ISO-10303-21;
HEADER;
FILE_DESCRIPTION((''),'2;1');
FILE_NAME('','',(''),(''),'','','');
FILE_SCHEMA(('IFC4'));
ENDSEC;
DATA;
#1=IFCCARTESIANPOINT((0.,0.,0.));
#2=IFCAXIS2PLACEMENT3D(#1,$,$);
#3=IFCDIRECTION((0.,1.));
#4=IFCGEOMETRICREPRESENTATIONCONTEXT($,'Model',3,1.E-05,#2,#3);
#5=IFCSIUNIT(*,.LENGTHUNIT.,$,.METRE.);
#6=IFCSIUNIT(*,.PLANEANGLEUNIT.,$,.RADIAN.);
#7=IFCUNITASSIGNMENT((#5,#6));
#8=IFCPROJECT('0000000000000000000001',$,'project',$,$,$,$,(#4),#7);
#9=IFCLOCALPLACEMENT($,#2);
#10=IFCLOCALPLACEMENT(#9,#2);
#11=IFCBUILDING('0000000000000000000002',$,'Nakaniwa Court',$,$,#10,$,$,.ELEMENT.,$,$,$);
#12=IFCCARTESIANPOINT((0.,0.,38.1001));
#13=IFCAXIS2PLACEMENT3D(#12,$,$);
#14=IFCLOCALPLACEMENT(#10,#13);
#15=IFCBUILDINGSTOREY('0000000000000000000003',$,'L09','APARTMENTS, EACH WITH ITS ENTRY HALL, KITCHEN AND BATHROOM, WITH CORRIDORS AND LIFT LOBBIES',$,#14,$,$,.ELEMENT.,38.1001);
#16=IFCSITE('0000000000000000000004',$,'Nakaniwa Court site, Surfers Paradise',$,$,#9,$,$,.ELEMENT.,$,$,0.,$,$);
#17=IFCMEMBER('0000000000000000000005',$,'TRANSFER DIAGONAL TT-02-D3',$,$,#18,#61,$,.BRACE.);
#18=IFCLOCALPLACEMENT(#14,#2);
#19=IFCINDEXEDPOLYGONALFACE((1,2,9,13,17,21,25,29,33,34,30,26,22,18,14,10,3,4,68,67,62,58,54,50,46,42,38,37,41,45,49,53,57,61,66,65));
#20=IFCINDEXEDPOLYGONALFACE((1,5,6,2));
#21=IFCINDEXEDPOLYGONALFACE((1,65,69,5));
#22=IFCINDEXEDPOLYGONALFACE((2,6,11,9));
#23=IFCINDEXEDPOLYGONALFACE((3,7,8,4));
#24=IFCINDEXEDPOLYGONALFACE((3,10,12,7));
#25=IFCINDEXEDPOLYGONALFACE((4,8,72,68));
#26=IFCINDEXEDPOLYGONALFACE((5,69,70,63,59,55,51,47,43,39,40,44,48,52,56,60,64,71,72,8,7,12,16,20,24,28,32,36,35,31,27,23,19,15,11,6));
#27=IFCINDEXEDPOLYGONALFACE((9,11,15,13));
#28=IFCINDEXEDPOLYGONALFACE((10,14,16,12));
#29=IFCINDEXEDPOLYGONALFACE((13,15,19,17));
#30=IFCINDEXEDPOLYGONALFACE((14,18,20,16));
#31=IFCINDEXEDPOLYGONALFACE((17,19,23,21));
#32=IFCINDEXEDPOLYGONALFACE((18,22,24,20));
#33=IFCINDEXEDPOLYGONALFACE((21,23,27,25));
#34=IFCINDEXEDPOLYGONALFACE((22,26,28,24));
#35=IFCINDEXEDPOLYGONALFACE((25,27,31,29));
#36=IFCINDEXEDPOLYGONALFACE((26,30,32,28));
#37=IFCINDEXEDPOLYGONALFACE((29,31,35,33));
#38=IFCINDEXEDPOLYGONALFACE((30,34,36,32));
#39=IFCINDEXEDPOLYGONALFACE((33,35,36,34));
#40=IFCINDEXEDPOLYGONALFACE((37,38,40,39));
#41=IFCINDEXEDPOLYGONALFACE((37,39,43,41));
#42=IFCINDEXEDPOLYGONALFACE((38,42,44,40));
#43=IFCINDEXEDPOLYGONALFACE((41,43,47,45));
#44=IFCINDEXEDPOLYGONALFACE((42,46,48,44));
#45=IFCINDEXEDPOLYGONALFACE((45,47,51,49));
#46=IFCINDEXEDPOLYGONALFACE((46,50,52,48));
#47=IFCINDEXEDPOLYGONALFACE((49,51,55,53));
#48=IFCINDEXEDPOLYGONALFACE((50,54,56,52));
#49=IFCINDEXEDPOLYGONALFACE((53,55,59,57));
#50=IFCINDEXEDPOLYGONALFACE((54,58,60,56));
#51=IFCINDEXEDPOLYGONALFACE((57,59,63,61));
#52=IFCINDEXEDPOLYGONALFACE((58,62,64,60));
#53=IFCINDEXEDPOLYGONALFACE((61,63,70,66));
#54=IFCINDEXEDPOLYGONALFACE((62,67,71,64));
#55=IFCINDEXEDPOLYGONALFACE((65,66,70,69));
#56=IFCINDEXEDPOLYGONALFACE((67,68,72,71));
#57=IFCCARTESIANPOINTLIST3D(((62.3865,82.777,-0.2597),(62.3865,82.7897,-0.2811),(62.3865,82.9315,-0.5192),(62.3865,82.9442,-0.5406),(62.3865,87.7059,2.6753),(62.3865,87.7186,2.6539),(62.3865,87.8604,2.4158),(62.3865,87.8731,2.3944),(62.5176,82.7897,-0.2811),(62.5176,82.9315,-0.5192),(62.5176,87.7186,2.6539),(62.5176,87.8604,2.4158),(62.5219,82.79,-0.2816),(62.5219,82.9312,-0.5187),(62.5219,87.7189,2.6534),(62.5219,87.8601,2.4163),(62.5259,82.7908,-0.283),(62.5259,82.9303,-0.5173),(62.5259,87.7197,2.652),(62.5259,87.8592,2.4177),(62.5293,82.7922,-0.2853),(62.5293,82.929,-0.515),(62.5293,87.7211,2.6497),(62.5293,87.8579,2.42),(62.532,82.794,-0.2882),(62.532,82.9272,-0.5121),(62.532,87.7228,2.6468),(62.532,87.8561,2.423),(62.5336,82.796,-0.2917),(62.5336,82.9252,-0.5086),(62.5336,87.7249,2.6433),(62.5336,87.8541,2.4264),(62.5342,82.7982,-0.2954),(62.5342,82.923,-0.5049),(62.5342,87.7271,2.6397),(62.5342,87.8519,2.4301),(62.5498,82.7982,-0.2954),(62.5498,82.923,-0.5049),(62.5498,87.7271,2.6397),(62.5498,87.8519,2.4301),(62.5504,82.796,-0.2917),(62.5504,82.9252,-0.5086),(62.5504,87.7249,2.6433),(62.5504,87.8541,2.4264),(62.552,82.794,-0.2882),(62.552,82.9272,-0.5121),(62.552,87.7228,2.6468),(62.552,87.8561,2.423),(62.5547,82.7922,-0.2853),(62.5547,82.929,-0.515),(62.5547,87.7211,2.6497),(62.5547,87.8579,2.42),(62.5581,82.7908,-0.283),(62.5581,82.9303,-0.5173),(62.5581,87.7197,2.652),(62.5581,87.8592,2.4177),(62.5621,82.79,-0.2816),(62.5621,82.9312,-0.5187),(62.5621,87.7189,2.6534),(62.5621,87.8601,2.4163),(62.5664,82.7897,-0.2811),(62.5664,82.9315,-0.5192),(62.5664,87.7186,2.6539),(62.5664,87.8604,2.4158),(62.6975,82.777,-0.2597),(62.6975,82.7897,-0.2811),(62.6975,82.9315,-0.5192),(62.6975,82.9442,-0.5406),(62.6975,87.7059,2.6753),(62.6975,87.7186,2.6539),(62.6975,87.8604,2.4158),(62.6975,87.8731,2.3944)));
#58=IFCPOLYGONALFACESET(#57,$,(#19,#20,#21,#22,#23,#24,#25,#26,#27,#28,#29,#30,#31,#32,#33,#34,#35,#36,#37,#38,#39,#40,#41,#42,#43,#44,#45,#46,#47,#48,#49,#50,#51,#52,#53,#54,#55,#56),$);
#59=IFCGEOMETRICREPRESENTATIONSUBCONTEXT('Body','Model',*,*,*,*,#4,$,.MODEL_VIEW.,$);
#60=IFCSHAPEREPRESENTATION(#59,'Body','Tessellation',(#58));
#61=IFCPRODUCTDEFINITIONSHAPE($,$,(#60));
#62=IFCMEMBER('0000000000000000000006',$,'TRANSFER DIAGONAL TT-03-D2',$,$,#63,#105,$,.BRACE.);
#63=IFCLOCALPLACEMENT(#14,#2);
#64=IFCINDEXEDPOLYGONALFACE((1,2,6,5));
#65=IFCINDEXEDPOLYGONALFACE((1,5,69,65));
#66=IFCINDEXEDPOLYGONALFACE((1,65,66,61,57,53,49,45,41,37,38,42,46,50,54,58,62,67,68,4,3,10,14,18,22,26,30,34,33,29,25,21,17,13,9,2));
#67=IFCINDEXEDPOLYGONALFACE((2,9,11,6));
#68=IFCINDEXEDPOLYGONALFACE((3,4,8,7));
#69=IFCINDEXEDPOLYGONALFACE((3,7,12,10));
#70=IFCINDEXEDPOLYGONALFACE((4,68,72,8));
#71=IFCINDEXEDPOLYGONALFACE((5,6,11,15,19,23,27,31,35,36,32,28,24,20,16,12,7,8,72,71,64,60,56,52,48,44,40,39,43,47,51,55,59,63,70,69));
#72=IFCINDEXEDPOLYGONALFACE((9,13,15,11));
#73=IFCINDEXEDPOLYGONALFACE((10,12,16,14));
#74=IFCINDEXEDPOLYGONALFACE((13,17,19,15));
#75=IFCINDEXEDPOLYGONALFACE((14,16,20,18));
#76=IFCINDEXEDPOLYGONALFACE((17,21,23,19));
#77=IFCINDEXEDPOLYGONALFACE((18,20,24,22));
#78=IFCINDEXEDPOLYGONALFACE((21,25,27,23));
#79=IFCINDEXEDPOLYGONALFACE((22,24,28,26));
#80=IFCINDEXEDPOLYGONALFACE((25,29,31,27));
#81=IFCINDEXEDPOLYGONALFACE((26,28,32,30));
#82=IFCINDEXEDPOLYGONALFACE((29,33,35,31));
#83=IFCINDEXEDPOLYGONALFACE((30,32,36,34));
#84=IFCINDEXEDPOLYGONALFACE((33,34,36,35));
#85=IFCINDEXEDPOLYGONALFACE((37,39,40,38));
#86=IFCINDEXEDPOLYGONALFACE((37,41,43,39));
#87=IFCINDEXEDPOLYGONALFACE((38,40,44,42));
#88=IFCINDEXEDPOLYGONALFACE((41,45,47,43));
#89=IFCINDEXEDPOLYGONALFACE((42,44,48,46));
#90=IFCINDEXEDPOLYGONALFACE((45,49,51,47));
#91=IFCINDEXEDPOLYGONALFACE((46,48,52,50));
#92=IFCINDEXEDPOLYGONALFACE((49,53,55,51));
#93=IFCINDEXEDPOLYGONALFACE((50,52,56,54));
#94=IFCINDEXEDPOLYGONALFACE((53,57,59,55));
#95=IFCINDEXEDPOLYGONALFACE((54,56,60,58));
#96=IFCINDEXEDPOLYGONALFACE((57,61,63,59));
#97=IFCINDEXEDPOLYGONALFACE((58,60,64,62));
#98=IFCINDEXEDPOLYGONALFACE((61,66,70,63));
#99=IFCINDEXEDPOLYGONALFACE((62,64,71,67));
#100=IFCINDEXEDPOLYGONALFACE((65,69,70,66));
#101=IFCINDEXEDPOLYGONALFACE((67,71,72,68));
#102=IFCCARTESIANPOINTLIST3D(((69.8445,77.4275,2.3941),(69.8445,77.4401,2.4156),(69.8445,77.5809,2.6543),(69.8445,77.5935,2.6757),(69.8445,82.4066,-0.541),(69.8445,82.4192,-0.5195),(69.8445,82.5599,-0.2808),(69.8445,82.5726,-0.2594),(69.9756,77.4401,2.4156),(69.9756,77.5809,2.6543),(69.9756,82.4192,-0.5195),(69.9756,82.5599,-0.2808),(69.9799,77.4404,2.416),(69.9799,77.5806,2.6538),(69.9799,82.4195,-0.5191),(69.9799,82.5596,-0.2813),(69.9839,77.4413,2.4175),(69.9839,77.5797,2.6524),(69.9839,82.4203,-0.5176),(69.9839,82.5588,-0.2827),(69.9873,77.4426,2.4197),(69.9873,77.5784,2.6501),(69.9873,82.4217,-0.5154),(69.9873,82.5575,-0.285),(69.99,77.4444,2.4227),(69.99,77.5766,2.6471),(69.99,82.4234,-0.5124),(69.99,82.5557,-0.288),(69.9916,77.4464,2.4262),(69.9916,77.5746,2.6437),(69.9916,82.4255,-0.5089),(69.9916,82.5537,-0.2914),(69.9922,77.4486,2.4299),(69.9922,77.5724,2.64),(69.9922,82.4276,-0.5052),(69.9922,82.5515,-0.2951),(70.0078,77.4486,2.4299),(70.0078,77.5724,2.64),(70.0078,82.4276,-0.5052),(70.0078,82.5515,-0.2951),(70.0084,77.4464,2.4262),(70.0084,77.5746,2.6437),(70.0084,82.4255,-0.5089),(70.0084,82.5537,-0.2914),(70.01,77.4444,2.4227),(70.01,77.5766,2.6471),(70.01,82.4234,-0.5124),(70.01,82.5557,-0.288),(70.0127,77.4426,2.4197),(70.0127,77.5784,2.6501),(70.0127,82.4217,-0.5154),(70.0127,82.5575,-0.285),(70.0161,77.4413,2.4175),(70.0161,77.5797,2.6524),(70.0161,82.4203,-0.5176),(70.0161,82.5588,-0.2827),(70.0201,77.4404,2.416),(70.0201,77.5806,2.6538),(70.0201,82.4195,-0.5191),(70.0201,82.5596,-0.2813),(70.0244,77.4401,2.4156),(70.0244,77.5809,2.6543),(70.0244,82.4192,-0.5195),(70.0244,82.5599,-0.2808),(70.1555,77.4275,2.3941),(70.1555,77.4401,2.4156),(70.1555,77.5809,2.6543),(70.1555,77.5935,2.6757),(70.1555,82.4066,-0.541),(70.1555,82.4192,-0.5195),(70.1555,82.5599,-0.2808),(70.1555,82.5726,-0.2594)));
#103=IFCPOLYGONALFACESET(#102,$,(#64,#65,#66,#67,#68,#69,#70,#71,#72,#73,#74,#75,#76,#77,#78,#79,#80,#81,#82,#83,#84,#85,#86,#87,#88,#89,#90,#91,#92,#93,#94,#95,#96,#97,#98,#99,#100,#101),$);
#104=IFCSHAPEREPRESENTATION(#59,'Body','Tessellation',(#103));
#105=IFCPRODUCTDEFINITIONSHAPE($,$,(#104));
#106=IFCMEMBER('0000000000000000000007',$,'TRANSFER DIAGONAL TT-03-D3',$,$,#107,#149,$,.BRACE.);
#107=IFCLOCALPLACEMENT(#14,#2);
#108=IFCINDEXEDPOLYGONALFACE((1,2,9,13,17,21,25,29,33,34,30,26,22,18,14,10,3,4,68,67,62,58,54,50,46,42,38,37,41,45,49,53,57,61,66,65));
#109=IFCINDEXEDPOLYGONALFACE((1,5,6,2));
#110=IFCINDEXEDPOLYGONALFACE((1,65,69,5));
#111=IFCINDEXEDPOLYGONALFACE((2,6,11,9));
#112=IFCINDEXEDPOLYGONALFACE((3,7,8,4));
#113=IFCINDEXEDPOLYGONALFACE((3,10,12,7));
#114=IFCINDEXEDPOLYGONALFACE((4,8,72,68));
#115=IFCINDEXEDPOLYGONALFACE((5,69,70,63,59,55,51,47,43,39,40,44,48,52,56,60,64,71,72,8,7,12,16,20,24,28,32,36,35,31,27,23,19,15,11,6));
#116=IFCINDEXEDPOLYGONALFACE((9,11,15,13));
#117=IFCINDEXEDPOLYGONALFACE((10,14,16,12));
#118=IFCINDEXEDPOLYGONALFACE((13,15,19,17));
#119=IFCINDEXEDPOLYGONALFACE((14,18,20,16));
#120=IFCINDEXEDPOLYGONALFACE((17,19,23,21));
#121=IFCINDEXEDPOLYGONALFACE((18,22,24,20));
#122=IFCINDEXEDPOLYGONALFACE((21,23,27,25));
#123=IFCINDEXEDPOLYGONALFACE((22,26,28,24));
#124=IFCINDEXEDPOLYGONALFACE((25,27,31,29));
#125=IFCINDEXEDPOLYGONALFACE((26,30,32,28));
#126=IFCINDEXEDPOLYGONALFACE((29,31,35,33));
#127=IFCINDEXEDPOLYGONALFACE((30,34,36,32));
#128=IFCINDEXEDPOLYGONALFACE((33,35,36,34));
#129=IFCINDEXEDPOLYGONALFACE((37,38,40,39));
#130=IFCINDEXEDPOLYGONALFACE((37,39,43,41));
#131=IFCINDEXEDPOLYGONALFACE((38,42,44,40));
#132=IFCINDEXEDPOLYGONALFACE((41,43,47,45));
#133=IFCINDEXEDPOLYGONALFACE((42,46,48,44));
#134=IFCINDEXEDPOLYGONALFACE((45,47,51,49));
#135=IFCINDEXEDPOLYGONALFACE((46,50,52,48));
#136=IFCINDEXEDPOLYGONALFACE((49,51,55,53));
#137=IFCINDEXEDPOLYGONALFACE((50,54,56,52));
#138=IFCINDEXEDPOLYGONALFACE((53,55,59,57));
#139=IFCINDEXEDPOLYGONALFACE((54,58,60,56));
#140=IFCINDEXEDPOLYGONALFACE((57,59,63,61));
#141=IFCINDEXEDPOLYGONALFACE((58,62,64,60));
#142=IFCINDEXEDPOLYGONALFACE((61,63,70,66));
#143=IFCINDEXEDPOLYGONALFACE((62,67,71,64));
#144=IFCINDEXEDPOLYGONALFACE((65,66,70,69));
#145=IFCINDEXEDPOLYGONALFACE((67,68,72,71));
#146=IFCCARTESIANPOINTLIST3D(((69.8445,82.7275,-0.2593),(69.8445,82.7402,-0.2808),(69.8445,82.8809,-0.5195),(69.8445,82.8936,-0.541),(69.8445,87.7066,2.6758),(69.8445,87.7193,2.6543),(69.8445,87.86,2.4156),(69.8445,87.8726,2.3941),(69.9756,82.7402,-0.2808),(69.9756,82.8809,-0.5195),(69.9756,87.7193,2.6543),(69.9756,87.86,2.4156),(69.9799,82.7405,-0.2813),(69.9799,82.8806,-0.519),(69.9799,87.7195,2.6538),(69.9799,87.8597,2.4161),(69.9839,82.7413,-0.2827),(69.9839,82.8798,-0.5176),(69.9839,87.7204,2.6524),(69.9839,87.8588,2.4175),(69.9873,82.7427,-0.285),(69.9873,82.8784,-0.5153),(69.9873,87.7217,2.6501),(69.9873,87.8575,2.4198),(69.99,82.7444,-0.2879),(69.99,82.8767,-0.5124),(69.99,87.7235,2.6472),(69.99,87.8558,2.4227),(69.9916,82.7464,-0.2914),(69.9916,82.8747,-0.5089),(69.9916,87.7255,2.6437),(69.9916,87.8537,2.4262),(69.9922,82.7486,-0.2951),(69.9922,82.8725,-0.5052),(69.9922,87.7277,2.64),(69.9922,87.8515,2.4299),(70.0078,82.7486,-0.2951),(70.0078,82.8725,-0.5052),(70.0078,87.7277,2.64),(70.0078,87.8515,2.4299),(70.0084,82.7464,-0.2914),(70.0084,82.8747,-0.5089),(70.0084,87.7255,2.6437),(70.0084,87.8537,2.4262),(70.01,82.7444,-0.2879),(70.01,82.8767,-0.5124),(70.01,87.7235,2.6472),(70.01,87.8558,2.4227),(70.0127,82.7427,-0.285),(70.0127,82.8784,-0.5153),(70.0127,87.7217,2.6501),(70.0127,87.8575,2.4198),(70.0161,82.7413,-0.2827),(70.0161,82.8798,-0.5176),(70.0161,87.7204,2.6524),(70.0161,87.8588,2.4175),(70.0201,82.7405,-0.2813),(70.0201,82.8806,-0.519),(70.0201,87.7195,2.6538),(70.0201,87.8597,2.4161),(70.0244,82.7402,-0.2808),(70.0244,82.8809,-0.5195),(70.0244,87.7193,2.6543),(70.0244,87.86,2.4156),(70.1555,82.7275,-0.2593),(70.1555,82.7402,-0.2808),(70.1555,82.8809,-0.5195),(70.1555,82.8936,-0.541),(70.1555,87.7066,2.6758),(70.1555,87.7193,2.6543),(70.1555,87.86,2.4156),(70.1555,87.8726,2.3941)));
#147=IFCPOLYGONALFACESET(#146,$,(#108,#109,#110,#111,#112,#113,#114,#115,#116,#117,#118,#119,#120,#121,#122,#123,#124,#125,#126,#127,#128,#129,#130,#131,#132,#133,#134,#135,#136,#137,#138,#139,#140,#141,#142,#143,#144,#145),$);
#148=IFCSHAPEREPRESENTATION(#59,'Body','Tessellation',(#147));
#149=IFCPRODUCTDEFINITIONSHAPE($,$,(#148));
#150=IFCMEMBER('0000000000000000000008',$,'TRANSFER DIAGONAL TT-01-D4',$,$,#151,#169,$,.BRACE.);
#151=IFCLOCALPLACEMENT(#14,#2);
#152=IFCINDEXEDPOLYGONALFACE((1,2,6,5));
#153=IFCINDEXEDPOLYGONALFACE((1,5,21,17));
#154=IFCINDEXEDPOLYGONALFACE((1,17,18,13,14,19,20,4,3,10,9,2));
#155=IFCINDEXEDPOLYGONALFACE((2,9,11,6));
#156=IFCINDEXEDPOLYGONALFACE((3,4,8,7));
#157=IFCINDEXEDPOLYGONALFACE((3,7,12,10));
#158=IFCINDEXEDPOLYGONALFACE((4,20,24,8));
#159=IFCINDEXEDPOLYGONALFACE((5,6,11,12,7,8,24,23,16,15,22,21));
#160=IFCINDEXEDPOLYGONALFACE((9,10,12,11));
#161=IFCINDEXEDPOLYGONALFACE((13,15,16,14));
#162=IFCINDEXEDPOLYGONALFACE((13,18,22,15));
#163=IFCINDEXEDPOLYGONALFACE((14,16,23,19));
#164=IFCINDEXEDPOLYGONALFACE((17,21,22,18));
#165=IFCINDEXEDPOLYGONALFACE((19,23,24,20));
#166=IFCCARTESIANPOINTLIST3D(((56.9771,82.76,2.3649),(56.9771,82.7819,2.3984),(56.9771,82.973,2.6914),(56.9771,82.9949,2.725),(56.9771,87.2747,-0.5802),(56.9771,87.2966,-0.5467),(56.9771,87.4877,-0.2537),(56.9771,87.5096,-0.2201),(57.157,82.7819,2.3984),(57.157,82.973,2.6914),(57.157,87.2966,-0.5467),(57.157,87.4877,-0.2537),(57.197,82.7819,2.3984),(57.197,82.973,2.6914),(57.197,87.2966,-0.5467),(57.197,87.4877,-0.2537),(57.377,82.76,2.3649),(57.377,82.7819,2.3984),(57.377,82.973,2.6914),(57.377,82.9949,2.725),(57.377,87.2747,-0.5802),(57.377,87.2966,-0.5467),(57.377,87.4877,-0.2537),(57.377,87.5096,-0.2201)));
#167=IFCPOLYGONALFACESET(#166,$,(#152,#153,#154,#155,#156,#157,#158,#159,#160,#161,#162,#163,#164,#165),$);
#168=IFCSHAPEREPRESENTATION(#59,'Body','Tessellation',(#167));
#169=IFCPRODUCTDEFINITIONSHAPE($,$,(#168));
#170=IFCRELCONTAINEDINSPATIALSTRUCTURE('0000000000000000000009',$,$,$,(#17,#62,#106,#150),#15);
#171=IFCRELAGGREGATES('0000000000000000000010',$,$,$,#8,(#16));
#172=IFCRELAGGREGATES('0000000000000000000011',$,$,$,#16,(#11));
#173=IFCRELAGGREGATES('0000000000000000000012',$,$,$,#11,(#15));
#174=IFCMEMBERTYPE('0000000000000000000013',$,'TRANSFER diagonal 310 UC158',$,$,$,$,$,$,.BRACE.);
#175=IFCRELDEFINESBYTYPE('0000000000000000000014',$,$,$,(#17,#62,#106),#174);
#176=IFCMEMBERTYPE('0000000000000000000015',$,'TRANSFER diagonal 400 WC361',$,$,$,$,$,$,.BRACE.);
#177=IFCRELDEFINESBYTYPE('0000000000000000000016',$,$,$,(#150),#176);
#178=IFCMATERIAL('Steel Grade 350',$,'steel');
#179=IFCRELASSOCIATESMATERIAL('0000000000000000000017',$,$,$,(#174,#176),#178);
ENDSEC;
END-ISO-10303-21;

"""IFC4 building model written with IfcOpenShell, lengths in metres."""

from ifc_helpers import new_model, si_unit, direction, frame, origin, origin_2d, place, context, subcontext, project, spatial, i_section, extrude, material, material_profile, profile_set, type_object, element, save


model = new_model("IFC4")

# Units and contexts
model_context = context("Model", 3, precision=1e-05, world=origin(), true_north=direction((0.0, 1.0)))
body_context = subcontext(model_context, "Body", "Model", "MODEL_VIEW")
ifc_project = project(units=[si_unit("LENGTHUNIT", "METRE"), si_unit("PLANEANGLEUNIT", "RADIAN")], contexts=[model_context])

# Site, building, storey
site_placement = place(None, origin())
site = spatial("IfcSite", under=ifc_project, at=site_placement, Name="Nakaniwa Court site, Surfers Paradise", CompositionType="ELEMENT", RefElevation=0.0)
building_placement = place(site_placement, origin())
building = spatial("IfcBuilding", under=site, at=building_placement, Name="Nakaniwa Court", CompositionType="ELEMENT")
storey_placement = place(building_placement, frame((0.0, 0.0, 38.1001)))
storey = spatial("IfcBuildingStorey", under=building, at=storey_placement, Name="L09", Description="APARTMENTS, EACH WITH ITS ENTRY HALL, KITCHEN AND BATHROOM, WITH CORRIDORS AND LIFT LOBBIES", CompositionType="ELEMENT", Elevation=38.1001)

# Members
ifc_material_1 = material(Name="Steel Grade 350", Category="steel")
ifc_material_profile_1 = material_profile(ifc_material_1, i_section(OverallWidth=0.311, OverallDepth=0.3269, WebThickness=0.0156, FlangeThickness=0.0249, FilletRadius=0.0166, at=origin_2d()), Name="310UC158")
ifc_profile_set_1 = profile_set([ifc_material_profile_1], Name="Steel Grade 350")
member_type_1 = type_object("IfcMemberType", Name="TRANSFER diagonal 310 UC158", PredefinedType="BRACE", material=ifc_profile_set_1)
member_1_placement = place(storey_placement, frame((62.542, 82.8606, -0.4001), z_axis=(0.0, 0.859204, 0.511633), x_axis=(-1.0, 0.0, 0.0)))
element("IfcMember", 1, at=member_1_placement, inside=storey, type_object=member_type_1, Name="TRANSFER DIAGONAL TT-02-D3", PredefinedType="BRACE", context=body_context, shape_type="SweptSolid", body=[
    extrude(i_section(OverallWidth=0.311, OverallDepth=0.3269, WebThickness=0.0156, FlangeThickness=0.0249, FilletRadius=0.0166, at=origin_2d()), origin(), (0.0, 0.0, 1.0), 5.7366),
])
for number, where, z_axis, x_axis, name in (
    (2, (70.0, 77.5105, 2.5349), (0.0, 0.861463, -0.507821), (-1.0, 0.0, 0.0), "TRANSFER DIAGONAL TT-03-D2"),
    (3, (70.0, 82.8105, -0.4001), (0.0, 0.861463, 0.507821), (-1.0, 0.0, 0.0), "TRANSFER DIAGONAL TT-03-D3"),
):
    element("IfcMember", number, at=place(storey_placement, frame(where, z_axis=z_axis, x_axis=x_axis)), inside=storey, type_object=member_type_1, Name=name, PredefinedType="BRACE", context=body_context, shape_type="SweptSolid", body=[
        extrude(i_section(OverallWidth=0.311, OverallDepth=0.3269, WebThickness=0.0156, FlangeThickness=0.0249, FilletRadius=0.0166, at=origin_2d()), origin(), (0.0, 0.0, 1.0), 5.7798),
    ])
ifc_material_profile_2 = material_profile(ifc_material_1, i_section(OverallWidth=0.3999, OverallDepth=0.4299, WebThickness=0.04, FlangeThickness=0.04, at=origin_2d()), Name="400WC361")
ifc_profile_set_2 = profile_set([ifc_material_profile_2], Name="Steel Grade 350")
member_type_2 = type_object("IfcMemberType", Name="TRANSFER diagonal 400 WC361", PredefinedType="BRACE", material=ifc_profile_set_2)
member_2_placement = place(storey_placement, frame((57.177, 82.8774, 2.5449), z_axis=(0.0, 0.837548, -0.546363), x_axis=(-1.0, 0.0, 0.0)))
element("IfcMember", 4, at=member_2_placement, inside=storey, type_object=member_type_2, Name="TRANSFER DIAGONAL TT-01-D4", PredefinedType="BRACE", context=body_context, shape_type="SweptSolid", body=[
    extrude(i_section(OverallWidth=0.3999, OverallDepth=0.4299, WebThickness=0.04, FlangeThickness=0.04, at=origin_2d()), origin(), (0.0, 0.0, 1.0), 5.3904),
])

save(model, "model.ifc")
